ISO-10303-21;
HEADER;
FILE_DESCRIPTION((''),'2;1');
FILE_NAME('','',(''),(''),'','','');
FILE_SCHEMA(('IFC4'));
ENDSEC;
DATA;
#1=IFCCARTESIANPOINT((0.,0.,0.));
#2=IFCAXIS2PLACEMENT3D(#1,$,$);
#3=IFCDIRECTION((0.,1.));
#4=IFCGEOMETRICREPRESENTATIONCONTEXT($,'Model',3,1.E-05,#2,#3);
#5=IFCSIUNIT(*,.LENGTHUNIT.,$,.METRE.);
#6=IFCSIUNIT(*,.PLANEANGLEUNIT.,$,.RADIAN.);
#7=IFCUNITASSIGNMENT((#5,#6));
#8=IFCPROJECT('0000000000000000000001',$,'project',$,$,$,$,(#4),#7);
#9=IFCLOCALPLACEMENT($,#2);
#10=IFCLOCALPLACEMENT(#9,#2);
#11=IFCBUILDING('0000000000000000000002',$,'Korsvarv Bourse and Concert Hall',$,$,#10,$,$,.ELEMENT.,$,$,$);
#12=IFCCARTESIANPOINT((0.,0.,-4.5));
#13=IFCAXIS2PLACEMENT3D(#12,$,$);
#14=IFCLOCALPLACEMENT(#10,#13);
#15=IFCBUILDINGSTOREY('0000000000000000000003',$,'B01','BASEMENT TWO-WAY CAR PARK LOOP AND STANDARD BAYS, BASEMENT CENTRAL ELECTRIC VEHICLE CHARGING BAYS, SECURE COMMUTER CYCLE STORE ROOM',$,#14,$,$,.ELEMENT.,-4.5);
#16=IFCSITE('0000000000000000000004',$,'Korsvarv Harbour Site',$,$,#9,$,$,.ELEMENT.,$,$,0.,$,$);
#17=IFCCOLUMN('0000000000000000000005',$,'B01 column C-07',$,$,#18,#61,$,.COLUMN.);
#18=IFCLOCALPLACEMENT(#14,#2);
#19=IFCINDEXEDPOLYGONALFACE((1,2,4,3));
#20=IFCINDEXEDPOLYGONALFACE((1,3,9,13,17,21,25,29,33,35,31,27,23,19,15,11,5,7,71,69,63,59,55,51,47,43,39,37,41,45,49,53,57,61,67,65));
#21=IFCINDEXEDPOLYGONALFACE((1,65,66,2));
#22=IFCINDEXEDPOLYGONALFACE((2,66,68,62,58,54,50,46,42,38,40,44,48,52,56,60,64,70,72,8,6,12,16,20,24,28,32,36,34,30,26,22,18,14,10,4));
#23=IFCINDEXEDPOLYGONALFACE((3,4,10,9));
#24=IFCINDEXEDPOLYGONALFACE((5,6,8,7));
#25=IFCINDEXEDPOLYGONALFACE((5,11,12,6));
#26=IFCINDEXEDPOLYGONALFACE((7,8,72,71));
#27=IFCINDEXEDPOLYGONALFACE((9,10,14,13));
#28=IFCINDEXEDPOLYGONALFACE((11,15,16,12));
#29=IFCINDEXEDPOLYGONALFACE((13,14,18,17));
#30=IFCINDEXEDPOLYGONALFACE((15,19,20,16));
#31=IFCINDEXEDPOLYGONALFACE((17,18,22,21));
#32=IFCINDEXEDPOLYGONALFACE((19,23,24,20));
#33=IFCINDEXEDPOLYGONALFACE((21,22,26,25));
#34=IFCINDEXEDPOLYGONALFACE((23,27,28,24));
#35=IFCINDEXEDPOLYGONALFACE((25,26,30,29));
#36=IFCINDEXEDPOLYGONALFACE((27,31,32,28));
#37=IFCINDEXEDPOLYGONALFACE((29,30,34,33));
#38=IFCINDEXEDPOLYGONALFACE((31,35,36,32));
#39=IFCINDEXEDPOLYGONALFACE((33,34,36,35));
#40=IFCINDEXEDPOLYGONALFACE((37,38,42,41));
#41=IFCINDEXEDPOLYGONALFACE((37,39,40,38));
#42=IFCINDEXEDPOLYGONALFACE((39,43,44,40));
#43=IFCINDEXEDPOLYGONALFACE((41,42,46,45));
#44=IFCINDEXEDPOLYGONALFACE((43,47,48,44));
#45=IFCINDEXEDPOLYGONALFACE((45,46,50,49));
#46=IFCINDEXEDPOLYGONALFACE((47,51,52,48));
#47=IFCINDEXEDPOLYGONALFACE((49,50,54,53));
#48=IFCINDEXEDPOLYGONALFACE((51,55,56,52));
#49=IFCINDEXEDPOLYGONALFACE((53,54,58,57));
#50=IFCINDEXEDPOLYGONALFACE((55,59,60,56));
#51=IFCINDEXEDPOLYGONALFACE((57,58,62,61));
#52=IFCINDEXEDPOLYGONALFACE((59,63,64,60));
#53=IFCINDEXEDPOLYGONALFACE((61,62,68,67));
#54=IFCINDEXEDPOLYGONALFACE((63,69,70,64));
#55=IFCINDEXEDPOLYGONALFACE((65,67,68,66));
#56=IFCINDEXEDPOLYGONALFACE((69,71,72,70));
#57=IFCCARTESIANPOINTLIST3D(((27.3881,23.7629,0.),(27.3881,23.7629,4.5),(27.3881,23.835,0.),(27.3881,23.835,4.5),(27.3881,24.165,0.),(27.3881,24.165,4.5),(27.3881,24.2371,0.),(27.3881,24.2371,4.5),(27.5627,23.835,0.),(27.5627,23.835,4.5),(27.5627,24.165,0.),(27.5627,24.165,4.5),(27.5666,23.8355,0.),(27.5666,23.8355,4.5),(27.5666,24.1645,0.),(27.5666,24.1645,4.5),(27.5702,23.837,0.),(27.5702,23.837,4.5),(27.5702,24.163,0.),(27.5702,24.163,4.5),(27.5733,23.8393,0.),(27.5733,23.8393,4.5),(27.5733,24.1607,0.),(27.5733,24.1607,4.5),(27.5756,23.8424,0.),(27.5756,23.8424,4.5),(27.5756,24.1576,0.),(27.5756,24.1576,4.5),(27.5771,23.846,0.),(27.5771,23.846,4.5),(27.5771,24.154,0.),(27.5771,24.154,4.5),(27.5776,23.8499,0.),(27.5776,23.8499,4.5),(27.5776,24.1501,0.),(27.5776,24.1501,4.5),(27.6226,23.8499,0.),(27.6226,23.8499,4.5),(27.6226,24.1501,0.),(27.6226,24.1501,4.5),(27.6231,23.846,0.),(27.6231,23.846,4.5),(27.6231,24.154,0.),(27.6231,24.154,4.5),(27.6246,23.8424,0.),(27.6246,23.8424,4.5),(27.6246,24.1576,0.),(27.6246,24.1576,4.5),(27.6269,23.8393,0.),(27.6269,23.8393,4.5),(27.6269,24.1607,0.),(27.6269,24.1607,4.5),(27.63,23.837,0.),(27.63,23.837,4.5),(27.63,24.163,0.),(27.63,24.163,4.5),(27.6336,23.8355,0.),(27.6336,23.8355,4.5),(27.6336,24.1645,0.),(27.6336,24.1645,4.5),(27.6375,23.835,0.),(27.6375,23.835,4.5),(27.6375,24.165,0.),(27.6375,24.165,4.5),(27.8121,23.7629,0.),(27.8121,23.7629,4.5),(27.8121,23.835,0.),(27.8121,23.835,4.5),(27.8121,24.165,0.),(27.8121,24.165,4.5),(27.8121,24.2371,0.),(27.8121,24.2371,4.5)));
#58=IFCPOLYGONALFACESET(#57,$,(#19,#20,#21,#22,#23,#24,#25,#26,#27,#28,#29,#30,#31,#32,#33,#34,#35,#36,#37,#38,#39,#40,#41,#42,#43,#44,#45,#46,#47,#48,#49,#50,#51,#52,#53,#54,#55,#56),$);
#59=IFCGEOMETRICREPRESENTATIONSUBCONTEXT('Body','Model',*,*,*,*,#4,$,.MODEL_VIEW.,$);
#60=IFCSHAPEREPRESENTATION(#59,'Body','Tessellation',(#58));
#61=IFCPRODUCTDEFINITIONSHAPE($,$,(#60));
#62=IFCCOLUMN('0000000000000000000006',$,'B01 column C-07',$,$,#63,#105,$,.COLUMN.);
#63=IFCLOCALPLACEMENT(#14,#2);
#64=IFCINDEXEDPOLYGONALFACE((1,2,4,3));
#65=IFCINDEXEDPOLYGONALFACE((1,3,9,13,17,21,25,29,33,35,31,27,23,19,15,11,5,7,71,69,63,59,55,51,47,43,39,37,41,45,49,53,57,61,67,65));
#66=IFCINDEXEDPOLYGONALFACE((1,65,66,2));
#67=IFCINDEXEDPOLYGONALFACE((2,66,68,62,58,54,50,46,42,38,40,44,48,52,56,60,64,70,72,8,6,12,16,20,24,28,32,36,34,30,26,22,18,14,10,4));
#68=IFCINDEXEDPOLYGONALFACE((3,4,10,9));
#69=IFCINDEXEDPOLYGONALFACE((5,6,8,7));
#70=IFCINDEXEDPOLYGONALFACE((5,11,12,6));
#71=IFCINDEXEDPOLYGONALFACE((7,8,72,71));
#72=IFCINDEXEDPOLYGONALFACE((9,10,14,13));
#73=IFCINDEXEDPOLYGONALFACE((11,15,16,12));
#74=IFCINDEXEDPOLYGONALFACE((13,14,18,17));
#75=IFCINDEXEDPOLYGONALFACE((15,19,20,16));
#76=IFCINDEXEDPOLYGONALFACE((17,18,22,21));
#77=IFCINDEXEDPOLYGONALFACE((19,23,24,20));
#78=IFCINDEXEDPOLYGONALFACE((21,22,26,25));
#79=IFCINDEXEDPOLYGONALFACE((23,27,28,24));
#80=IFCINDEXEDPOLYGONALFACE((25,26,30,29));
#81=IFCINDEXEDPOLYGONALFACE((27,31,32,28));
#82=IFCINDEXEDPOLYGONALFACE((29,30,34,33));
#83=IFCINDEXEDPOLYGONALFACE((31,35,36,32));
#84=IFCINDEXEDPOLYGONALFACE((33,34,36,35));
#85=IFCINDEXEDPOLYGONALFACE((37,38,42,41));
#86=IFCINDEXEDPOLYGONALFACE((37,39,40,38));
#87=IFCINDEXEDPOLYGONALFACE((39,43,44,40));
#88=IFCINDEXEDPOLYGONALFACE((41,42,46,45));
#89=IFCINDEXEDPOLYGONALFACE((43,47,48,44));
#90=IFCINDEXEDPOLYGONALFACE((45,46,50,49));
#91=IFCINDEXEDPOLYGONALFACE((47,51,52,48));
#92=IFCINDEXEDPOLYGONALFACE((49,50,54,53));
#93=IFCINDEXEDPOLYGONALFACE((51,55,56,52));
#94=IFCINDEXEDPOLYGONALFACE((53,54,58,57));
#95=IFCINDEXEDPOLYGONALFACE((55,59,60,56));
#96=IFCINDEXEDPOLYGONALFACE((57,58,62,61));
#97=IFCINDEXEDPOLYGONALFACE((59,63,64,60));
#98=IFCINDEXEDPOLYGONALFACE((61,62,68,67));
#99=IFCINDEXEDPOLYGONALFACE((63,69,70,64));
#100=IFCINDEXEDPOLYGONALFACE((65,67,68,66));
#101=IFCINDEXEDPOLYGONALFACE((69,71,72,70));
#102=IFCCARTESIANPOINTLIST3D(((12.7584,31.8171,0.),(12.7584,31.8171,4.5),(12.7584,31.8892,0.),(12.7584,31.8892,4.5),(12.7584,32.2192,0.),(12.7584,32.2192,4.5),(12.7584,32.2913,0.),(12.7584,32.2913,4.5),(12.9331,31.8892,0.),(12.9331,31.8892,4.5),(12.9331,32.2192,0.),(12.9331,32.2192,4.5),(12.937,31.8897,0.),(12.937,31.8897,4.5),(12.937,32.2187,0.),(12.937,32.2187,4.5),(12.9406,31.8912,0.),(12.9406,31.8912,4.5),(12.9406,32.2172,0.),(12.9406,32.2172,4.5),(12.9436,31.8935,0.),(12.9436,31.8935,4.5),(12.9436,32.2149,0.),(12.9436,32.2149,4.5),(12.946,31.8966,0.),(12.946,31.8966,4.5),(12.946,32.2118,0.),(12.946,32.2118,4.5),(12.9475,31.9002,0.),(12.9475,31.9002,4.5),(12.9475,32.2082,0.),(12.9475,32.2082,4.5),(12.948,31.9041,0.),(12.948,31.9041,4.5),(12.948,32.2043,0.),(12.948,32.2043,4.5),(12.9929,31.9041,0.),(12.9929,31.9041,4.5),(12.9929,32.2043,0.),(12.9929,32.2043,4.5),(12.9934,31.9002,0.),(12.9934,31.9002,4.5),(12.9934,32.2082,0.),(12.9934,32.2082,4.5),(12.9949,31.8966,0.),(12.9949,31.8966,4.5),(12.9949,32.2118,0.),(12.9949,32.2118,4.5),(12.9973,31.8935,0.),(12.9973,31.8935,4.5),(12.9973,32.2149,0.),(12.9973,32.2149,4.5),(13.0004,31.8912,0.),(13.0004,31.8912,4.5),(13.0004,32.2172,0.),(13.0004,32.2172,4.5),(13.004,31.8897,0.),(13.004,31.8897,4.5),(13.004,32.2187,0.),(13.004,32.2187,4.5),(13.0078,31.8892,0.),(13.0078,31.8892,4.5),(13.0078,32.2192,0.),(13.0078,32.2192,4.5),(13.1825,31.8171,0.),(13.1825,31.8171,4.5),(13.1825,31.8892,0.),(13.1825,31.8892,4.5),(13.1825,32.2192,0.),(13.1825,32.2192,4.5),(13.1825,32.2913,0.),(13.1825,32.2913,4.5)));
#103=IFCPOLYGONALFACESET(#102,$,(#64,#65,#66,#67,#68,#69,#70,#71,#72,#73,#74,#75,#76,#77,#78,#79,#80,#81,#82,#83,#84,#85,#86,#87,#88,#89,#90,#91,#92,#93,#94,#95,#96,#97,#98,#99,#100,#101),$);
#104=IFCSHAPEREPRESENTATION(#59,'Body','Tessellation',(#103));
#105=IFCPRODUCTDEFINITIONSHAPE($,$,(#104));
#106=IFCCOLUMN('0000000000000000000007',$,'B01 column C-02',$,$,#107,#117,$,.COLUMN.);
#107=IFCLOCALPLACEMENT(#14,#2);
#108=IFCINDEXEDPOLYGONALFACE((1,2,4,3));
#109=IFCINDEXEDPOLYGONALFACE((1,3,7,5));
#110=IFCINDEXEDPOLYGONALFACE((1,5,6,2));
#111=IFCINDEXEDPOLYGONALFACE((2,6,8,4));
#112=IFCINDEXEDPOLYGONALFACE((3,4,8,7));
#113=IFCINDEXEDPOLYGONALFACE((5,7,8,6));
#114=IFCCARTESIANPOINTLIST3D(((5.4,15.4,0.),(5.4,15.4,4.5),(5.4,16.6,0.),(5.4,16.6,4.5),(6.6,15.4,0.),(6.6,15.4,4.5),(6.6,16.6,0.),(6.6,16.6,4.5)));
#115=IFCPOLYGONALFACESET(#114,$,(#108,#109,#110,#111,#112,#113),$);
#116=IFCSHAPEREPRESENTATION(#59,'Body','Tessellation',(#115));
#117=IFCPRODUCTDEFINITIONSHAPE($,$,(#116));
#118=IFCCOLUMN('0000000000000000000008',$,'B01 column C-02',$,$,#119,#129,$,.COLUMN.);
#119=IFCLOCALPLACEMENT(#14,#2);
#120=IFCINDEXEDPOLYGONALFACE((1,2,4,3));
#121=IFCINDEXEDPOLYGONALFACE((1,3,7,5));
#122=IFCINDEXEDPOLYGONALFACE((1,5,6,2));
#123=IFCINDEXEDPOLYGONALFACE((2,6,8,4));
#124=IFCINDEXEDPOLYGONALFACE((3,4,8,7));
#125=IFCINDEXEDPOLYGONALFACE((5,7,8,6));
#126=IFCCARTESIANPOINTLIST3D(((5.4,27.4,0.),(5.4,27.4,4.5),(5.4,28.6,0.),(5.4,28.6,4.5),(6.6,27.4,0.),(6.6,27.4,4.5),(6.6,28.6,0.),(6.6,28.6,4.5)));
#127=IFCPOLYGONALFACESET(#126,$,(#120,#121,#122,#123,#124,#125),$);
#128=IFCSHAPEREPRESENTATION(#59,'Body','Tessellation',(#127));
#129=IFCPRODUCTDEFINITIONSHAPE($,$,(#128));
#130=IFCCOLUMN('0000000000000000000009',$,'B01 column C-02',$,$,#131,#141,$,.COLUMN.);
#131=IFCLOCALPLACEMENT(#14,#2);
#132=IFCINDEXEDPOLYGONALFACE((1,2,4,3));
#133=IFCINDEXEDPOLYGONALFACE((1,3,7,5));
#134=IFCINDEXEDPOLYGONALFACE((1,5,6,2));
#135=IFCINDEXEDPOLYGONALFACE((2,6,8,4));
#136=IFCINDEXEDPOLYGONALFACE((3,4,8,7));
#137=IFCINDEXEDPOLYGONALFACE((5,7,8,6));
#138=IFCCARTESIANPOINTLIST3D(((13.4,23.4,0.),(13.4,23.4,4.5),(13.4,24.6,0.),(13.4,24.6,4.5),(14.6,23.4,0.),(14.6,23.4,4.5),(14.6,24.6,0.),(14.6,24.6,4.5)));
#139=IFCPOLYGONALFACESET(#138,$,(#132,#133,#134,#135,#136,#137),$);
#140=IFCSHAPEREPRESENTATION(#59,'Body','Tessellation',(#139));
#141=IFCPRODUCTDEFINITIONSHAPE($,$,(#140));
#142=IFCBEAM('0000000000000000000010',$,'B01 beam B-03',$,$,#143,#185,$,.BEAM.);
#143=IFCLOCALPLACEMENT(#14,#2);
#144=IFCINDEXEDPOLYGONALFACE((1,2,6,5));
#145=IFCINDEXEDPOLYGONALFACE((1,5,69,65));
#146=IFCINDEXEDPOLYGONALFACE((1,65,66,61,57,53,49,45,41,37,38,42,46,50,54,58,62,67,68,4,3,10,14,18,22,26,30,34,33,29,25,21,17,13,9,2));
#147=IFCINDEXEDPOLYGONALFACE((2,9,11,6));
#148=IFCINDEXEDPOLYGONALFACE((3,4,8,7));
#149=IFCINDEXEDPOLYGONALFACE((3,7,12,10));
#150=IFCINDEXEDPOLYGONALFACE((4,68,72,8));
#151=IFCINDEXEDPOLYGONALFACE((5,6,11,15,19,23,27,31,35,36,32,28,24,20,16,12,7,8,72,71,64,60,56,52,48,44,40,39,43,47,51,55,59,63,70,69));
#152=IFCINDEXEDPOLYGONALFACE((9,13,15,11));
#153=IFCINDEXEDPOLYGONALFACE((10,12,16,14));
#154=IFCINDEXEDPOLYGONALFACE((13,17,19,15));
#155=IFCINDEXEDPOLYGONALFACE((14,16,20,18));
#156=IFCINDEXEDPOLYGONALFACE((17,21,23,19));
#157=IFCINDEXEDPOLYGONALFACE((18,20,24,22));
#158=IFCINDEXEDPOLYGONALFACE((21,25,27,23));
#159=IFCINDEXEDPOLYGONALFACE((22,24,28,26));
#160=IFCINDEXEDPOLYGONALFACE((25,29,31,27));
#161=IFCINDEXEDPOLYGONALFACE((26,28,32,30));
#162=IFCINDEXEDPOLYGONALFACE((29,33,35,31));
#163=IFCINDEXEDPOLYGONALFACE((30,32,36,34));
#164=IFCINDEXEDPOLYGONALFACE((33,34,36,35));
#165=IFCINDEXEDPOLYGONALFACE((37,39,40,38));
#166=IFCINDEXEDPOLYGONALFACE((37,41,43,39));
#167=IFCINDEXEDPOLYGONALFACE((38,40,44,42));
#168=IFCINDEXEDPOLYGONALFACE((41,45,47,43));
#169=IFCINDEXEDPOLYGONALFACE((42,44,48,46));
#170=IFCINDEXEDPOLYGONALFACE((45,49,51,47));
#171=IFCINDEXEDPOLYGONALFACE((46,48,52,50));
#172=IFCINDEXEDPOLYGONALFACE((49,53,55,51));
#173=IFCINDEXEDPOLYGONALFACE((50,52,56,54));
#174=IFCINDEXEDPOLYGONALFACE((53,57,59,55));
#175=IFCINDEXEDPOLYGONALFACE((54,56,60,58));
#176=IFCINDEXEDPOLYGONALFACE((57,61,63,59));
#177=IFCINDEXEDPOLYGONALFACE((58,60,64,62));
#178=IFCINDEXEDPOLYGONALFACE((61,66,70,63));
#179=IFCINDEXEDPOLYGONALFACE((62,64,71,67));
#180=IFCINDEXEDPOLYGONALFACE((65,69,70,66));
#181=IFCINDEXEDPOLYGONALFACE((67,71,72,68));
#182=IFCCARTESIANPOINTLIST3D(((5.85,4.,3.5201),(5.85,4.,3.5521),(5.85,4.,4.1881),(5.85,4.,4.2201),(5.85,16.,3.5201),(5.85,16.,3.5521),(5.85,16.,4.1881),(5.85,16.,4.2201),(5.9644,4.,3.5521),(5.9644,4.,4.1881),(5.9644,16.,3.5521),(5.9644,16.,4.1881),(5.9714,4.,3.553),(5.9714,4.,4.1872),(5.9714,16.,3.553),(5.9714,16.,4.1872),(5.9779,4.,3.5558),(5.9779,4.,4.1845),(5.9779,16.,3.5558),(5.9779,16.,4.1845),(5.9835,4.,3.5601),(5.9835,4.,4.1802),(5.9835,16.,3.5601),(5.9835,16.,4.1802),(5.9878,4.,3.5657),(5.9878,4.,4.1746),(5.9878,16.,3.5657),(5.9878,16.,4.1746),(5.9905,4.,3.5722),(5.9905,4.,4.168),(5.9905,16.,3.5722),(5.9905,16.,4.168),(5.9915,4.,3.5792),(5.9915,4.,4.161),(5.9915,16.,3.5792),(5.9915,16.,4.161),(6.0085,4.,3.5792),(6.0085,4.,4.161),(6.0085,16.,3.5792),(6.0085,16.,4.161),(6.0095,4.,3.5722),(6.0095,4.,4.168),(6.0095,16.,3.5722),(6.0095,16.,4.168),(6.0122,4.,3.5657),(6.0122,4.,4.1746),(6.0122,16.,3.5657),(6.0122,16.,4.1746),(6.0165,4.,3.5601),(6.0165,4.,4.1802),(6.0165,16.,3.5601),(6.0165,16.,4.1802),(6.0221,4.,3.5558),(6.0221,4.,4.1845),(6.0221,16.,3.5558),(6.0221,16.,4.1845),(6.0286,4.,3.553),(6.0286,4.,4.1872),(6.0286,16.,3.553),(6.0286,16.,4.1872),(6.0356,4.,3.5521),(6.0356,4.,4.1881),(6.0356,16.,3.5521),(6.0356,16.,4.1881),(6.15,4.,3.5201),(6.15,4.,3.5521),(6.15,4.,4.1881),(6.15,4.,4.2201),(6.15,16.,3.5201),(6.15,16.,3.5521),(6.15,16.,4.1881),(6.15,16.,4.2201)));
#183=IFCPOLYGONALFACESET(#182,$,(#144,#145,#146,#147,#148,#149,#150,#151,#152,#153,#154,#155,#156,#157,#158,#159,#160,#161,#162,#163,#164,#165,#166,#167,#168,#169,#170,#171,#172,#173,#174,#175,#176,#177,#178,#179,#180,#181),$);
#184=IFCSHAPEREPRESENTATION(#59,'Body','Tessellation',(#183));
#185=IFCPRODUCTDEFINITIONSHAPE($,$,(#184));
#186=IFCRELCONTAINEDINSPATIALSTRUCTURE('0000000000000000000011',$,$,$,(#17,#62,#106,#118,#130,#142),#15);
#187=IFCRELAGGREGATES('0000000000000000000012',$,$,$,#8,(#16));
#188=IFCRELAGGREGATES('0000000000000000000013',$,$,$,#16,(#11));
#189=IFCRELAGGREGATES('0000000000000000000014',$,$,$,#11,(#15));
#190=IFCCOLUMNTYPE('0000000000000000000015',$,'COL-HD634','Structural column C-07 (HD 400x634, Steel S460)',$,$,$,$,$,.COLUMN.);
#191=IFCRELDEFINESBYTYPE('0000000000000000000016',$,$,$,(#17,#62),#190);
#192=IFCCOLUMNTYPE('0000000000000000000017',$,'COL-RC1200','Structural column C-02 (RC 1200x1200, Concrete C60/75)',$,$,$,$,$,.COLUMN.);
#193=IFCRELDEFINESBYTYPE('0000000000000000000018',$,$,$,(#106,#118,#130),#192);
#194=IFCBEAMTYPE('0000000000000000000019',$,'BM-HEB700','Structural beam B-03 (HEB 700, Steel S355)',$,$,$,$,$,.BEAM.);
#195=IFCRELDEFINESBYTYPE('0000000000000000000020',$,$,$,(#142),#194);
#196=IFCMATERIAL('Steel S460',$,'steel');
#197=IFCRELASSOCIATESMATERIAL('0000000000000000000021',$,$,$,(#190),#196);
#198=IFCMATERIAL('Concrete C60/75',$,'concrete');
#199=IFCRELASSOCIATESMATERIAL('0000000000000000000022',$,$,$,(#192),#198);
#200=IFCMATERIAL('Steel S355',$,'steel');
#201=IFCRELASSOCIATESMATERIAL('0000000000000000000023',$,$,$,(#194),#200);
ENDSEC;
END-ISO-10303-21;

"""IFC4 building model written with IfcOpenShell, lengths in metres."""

from ifc_helpers import new_model, si_unit, direction, frame, origin, origin_2d, place, context, subcontext, project, spatial, rectangle, i_section, extrude, source, transform, mapped, material, material_profile, profile_set, type_object, element, save


model = new_model("IFC4")

# Units and contexts
model_context = context("Model", 3, precision=1e-05, world=origin(), true_north=direction((0.0, 1.0)))
body_context = subcontext(model_context, "Body", "Model", "MODEL_VIEW")
ifc_project = project(units=[si_unit("LENGTHUNIT", "METRE"), si_unit("PLANEANGLEUNIT", "RADIAN")], contexts=[model_context])

# Site, building, storey
site_placement = place(None, origin())
site = spatial("IfcSite", under=ifc_project, at=site_placement, Name="Korsvarv Harbour Site", CompositionType="ELEMENT", RefElevation=0.0)
building_placement = place(site_placement, origin())
building = spatial("IfcBuilding", under=site, at=building_placement, Name="Korsvarv Bourse and Concert Hall", CompositionType="ELEMENT")
storey_placement = place(building_placement, frame((0.0, 0.0, -4.5)))
storey = spatial("IfcBuildingStorey", under=building, at=storey_placement, Name="B01", Description="BASEMENT TWO-WAY CAR PARK LOOP AND STANDARD BAYS, BASEMENT CENTRAL ELECTRIC VEHICLE CHARGING BAYS, SECURE COMMUTER CYCLE STORE ROOM", CompositionType="ELEMENT", Elevation=-4.5)

# Columns
ifc_material_1 = material(Name="Steel S460", Category="steel")
ifc_material_profile_1 = material_profile(ifc_material_1, i_section(OverallWidth=0.4241, OverallDepth=0.4741, WebThickness=0.0449, FlangeThickness=0.072, FilletRadius=0.0149, at=origin_2d()), Name="HD 400x634")
ifc_profile_set_1 = profile_set([ifc_material_profile_1], Name="Steel S460")
column_type_1 = type_object("IfcColumnType", Name="COL-HD634", Description="Structural column C-07 (HD 400x634, Steel S460)", PredefinedType="COLUMN", material=ifc_profile_set_1)
shared_shape_1 = source(origin(), body_context, "Body", "SweptSolid", [
    extrude(i_section(OverallWidth=0.4241, OverallDepth=0.4741, WebThickness=0.0449, FlangeThickness=0.072, FilletRadius=0.0149, at=origin_2d()), origin(), (0.0, 0.0, 1.0), 4.5),
])
for number, where, z_axis, x_axis, name in (
    (1, (27.6001, 24.0, 0.0), (0.0, 0.0, 1.0), (1.0, 0.0, 0.0), "B01 column C-07"),
    (2, (12.9705, 32.0542, 0.0), (0.0, 0.0, 1.0), (1.0, 0.0, 0.0), "B01 column C-07"),
):
    element("IfcColumn", number, at=place(storey_placement, frame(where, z_axis=z_axis, x_axis=x_axis)), inside=storey, type_object=column_type_1, Name=name, PredefinedType="COLUMN", context=body_context, shape_type="MappedRepresentation", body=[
        mapped(shared_shape_1, transform((0.0, 0.0, 0.0), scale=1.0)),
    ])
ifc_material_2 = material(Name="Concrete C60/75", Category="concrete")
ifc_material_profile_2 = material_profile(ifc_material_2, rectangle(XDim=1.2, YDim=1.2, at=origin_2d()), Name="RC 1200x1200")
ifc_profile_set_2 = profile_set([ifc_material_profile_2], Name="Concrete C60/75")
column_type_2 = type_object("IfcColumnType", Name="COL-RC1200", Description="Structural column C-02 (RC 1200x1200, Concrete C60/75)", PredefinedType="COLUMN", material=ifc_profile_set_2)
shared_shape_2 = source(origin(), body_context, "Body", "SweptSolid", [
    extrude(rectangle(XDim=1.2, YDim=1.2, at=origin_2d()), origin(), (0.0, 0.0, 1.0), 4.5),
])
for number, where, z_axis, x_axis, name in (
    (3, (6.0, 16.0, 0.0), (0.0, 0.0, 1.0), (1.0, 0.0, 0.0), "B01 column C-02"),
    (4, (6.0, 28.0, 0.0), (0.0, 0.0, 1.0), (1.0, 0.0, 0.0), "B01 column C-02"),
    (5, (14.0, 24.0, 0.0), (0.0, 0.0, 1.0), (1.0, 0.0, 0.0), "B01 column C-02"),
):
    element("IfcColumn", number, at=place(storey_placement, frame(where, z_axis=z_axis, x_axis=x_axis)), inside=storey, type_object=column_type_2, Name=name, PredefinedType="COLUMN", context=body_context, shape_type="MappedRepresentation", body=[
        mapped(shared_shape_2, transform((0.0, 0.0, 0.0), scale=1.0)),
    ])

# Beam
ifc_material_3 = material(Name="Steel S355", Category="steel")
ifc_material_profile_3 = material_profile(ifc_material_3, i_section(OverallWidth=0.3, OverallDepth=0.7, WebThickness=0.0171, FlangeThickness=0.032, FilletRadius=0.0271, at=origin_2d()), Name="HEB 700")
ifc_profile_set_3 = profile_set([ifc_material_profile_3], Name="Steel S355")
beam_type_1 = type_object("IfcBeamType", Name="BM-HEB700", Description="Structural beam B-03 (HEB 700, Steel S355)", PredefinedType="BEAM", material=ifc_profile_set_3)
shared_shape_3 = source(origin(), body_context, "Body", "SweptSolid", [
    extrude(i_section(OverallWidth=0.3, OverallDepth=0.7, WebThickness=0.0171, FlangeThickness=0.032, FilletRadius=0.0271, at=origin_2d()), origin(), (0.0, 0.0, 1.0), 12.0),
])
for number, where, z_axis, x_axis, name in (
    (6, (6.0, 4.0, 3.8701), (0.0, 1.0, 0.0), (-1.0, 0.0, 0.0), "B01 beam B-03"),
):
    element("IfcBeam", number, at=place(storey_placement, frame(where, z_axis=z_axis, x_axis=x_axis)), inside=storey, type_object=beam_type_1, Name=name, PredefinedType="BEAM", context=body_context, shape_type="MappedRepresentation", body=[
        mapped(shared_shape_3, transform((0.0, 0.0, 0.0), scale=1.0)),
    ])

save(model, "model.ifc")
